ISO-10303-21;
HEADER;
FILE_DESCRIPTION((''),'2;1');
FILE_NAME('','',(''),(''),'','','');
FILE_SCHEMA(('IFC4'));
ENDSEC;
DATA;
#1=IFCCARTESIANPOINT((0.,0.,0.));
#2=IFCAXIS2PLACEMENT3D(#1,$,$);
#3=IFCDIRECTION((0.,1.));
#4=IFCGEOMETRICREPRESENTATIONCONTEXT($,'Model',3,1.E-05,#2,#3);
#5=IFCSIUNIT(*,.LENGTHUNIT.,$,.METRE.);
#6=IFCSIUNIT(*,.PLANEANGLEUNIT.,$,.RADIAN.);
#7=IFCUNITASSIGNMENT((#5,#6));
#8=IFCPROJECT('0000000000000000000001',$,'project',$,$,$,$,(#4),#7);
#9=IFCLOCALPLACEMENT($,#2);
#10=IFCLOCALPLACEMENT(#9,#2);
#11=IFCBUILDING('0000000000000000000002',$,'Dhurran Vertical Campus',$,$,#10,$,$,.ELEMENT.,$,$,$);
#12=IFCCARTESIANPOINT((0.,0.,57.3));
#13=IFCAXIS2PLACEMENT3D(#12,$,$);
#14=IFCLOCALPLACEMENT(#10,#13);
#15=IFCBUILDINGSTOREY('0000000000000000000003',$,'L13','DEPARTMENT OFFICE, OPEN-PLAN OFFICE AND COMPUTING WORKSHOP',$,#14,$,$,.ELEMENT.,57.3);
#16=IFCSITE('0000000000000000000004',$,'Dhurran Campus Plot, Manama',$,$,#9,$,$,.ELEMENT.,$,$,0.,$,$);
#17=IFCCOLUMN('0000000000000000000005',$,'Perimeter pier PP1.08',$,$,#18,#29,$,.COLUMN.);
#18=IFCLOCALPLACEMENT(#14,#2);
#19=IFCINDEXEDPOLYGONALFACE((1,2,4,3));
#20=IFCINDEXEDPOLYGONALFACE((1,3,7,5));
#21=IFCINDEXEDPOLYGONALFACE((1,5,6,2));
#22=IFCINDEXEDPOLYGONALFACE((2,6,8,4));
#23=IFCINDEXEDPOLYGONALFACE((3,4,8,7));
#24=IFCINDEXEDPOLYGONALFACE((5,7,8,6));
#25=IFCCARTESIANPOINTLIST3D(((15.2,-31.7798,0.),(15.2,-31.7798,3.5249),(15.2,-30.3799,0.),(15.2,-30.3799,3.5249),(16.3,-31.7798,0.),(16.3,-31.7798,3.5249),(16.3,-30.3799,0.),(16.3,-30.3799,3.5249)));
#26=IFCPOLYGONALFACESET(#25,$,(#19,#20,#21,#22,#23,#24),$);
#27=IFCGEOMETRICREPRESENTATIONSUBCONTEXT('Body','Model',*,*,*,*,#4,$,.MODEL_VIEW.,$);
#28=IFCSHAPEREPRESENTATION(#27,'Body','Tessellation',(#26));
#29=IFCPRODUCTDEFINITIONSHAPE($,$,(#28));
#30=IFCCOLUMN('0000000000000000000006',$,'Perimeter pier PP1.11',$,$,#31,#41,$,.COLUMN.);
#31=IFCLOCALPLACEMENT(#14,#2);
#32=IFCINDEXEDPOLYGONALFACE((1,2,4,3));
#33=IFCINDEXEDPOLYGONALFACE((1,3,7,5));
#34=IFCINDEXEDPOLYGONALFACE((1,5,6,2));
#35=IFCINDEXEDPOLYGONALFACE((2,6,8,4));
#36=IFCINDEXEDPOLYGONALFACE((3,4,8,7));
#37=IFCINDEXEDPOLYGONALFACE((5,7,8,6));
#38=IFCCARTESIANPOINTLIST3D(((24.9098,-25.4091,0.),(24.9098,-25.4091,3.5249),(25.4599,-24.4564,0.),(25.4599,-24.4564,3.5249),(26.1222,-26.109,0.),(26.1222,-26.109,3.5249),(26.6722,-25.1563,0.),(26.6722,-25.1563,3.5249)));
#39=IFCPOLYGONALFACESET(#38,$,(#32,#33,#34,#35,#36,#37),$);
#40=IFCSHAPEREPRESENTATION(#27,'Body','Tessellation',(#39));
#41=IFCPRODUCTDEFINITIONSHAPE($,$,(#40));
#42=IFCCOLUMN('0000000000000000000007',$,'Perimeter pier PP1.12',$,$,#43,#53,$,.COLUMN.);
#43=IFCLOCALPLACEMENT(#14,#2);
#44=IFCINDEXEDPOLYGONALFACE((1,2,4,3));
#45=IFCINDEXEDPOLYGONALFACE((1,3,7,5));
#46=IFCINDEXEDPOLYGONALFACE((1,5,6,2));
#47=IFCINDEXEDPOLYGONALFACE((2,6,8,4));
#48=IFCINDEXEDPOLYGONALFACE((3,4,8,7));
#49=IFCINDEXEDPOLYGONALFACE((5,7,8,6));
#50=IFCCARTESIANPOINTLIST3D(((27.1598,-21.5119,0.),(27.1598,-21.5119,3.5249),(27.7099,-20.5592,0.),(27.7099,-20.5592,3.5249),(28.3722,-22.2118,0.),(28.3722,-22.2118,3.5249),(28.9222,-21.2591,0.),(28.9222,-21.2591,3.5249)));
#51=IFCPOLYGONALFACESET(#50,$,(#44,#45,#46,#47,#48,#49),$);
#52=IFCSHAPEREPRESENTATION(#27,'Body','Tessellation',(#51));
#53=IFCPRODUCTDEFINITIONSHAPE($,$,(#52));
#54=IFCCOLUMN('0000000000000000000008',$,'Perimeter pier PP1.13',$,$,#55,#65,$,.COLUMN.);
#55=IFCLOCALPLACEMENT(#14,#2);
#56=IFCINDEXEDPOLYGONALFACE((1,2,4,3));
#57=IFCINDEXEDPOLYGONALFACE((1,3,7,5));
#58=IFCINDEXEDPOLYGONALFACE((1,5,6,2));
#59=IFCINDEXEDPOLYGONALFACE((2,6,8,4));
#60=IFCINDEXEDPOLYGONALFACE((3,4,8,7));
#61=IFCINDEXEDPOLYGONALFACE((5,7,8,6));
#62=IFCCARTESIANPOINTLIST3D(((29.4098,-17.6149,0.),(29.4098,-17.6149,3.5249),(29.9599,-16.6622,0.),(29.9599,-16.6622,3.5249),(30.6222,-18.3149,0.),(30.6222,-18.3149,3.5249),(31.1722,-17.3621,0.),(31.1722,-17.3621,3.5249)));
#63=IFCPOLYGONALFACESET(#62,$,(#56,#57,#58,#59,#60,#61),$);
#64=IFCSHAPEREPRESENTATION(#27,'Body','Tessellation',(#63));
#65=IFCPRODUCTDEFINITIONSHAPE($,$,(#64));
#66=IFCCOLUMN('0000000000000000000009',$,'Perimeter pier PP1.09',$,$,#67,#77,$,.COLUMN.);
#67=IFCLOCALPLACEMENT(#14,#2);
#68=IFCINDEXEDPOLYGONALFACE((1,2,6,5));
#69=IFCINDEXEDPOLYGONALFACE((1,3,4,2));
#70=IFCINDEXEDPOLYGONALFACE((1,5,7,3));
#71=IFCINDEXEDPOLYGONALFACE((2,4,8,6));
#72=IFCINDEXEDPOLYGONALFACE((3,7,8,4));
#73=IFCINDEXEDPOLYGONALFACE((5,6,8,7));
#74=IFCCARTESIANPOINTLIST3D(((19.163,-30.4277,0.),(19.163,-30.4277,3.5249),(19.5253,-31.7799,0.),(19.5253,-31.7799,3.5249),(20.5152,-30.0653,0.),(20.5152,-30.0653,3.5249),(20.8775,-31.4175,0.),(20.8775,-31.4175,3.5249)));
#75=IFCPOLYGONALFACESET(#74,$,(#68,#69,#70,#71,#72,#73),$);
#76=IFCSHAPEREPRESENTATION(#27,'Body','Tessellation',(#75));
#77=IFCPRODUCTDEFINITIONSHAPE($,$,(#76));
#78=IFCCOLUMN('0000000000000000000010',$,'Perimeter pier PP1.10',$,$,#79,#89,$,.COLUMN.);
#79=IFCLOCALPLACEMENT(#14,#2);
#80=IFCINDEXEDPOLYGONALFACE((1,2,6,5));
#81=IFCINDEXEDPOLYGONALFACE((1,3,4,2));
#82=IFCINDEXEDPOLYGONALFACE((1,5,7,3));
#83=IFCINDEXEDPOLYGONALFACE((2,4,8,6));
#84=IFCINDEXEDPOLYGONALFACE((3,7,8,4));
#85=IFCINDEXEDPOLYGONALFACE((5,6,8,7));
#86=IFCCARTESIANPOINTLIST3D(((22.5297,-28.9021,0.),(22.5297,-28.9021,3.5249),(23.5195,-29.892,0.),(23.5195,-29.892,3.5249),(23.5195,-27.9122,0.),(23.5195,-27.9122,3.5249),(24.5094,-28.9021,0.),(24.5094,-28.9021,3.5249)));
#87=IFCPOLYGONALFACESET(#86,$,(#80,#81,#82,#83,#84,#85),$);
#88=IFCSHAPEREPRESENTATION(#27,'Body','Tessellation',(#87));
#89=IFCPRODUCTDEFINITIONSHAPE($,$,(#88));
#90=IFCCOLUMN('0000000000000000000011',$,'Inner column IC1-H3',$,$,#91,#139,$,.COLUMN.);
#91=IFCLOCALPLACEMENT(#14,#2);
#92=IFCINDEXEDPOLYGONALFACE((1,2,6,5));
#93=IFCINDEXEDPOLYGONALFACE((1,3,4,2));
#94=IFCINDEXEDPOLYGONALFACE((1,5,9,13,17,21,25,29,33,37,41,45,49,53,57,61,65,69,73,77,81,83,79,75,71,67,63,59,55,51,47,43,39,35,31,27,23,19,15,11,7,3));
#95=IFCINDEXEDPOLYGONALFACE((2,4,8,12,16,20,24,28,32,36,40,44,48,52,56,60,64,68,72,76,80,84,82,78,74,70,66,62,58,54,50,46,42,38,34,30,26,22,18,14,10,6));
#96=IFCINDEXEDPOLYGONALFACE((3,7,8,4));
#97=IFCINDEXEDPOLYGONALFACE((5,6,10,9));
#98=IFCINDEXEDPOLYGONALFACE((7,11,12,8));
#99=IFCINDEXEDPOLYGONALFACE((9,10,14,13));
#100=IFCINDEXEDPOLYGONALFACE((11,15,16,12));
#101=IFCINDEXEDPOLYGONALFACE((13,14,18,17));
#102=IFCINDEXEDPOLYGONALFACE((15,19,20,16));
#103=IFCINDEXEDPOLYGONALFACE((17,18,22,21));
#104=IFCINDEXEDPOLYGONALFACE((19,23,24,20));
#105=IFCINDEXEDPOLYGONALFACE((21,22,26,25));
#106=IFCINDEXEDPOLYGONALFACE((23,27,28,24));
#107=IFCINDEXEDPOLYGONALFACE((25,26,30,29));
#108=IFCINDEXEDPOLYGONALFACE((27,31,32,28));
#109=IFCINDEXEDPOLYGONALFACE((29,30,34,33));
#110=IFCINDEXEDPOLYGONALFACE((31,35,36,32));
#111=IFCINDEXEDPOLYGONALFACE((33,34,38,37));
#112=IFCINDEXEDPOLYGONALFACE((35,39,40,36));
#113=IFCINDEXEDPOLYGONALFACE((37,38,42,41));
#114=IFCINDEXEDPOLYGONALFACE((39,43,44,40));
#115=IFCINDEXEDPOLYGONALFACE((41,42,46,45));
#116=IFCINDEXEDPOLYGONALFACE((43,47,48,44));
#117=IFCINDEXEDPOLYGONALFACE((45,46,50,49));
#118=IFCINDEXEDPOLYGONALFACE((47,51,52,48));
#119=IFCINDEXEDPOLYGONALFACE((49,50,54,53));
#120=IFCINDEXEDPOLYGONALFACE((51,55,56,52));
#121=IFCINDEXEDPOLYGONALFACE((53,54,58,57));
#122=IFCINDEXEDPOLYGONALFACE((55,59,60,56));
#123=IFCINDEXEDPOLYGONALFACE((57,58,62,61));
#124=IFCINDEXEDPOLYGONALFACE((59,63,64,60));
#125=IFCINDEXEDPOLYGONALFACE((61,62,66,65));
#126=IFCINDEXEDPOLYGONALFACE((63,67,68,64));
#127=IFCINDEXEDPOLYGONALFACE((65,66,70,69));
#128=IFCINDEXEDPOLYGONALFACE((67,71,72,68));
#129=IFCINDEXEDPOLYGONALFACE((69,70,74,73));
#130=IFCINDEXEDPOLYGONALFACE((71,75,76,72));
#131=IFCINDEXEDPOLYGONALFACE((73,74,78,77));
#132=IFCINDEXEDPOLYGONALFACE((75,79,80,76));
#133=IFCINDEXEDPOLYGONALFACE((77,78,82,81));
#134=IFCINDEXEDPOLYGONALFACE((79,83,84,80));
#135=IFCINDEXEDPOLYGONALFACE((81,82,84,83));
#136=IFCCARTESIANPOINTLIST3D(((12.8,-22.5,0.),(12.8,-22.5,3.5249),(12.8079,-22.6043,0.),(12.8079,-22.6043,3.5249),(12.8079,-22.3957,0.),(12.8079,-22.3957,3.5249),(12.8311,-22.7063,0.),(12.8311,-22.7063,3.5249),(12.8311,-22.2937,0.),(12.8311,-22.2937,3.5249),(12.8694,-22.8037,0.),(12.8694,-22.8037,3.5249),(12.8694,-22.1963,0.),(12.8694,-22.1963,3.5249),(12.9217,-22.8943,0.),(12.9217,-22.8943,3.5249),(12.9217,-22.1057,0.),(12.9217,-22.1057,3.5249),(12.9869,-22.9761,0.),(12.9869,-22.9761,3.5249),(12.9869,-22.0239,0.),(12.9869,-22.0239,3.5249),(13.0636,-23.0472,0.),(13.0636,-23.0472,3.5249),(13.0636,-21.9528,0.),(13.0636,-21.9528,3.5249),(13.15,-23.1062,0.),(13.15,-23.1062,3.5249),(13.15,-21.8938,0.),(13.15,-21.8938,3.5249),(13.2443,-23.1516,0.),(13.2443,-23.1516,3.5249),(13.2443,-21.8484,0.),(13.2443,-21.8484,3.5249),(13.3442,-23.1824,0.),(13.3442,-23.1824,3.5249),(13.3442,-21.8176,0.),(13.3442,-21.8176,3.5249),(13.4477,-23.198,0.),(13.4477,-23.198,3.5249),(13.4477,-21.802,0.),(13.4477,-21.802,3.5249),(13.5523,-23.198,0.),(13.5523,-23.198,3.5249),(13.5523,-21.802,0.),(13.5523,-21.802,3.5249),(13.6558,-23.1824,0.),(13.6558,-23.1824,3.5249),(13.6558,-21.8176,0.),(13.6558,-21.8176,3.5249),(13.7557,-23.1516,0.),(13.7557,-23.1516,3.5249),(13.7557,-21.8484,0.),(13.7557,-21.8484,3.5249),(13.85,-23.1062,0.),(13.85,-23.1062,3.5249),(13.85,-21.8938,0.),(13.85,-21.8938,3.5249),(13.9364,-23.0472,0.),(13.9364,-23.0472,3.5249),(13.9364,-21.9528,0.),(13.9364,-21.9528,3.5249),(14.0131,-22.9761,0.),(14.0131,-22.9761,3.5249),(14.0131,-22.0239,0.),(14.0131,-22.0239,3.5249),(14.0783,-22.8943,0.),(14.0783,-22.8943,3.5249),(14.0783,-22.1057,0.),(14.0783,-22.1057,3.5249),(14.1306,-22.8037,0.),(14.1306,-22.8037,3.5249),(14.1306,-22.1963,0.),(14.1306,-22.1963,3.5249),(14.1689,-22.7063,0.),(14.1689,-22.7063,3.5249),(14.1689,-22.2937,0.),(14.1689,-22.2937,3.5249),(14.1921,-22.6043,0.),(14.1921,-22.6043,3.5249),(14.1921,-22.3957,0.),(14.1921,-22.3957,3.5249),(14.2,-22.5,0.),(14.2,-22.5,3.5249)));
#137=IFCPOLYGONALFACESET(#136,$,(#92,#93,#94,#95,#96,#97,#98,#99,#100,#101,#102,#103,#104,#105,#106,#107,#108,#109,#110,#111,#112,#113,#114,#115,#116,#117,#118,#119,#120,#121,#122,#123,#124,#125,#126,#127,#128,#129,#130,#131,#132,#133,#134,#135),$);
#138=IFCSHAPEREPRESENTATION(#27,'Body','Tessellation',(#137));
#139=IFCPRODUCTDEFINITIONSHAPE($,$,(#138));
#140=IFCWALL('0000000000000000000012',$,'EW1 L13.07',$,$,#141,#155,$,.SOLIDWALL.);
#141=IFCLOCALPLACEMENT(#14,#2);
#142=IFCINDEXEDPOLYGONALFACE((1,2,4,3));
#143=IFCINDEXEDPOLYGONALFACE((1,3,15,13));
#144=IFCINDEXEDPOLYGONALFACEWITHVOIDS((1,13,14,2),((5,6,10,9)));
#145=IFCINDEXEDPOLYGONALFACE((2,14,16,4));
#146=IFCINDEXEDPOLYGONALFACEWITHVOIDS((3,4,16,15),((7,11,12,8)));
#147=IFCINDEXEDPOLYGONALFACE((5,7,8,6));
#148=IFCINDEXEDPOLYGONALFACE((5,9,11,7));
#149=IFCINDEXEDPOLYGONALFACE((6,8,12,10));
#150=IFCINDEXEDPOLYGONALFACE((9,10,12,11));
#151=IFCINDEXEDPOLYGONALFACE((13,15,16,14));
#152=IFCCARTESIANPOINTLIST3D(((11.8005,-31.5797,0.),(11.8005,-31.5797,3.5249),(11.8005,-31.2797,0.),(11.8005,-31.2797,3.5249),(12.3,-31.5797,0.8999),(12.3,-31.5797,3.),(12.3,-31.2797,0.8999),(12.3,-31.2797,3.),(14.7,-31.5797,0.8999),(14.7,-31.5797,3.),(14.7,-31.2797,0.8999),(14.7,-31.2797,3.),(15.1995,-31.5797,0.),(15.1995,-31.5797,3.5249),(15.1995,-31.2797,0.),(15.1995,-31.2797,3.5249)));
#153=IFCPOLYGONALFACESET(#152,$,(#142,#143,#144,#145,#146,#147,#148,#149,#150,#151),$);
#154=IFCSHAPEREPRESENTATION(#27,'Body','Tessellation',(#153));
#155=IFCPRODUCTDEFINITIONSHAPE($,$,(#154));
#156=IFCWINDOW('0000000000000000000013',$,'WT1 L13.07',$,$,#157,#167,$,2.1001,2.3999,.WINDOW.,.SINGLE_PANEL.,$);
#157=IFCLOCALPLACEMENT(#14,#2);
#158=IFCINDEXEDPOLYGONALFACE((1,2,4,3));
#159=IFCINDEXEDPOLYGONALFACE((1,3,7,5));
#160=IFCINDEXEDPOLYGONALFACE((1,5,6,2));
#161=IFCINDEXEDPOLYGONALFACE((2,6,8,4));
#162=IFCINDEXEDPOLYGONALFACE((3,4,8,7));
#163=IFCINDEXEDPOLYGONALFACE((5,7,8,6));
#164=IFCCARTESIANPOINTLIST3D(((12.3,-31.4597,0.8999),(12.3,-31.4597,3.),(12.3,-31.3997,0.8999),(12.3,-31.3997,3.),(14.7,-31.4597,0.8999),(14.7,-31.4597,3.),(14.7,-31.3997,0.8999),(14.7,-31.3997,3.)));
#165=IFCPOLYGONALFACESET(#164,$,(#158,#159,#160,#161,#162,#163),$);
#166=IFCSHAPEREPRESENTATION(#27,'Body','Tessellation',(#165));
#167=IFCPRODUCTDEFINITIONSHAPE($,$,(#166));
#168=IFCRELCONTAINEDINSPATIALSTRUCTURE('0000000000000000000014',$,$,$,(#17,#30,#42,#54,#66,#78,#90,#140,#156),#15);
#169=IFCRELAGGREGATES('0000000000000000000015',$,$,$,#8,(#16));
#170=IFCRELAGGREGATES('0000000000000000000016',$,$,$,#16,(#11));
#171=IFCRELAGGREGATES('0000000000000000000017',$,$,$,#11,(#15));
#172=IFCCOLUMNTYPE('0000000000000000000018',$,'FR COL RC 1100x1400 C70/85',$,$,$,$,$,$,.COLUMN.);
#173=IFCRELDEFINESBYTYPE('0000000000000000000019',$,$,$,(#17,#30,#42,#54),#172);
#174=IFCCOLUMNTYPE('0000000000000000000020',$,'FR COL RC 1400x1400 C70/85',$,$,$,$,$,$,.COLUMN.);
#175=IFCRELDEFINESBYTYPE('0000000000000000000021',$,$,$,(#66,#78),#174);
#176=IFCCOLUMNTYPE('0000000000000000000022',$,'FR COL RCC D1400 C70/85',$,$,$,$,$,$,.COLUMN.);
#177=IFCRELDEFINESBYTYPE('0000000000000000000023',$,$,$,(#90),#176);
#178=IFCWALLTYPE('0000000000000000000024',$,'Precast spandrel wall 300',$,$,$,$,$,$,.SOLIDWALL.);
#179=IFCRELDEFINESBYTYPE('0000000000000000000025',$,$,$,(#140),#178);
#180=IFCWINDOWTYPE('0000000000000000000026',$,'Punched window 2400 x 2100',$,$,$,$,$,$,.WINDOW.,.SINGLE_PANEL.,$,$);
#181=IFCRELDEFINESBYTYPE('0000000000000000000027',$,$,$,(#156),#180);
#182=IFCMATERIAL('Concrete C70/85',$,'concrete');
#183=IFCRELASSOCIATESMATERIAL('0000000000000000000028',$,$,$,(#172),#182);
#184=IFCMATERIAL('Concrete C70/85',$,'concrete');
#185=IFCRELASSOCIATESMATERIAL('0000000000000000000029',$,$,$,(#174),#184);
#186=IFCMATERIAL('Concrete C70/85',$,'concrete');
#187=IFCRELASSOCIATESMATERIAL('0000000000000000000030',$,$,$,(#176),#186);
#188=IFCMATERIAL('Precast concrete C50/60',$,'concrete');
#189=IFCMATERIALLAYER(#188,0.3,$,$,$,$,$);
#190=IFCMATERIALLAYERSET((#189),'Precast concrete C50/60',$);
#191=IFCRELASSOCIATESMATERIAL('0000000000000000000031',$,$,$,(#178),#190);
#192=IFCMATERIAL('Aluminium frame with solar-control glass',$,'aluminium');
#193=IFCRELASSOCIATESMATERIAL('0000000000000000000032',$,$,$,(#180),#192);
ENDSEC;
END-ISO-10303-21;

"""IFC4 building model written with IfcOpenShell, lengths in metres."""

from ifc_helpers import new_model, si_unit, direction, frame, frame_2d, origin, origin_2d, place, context, subcontext, project, spatial, rectangle, circle, extrude, material, layer, layer_set, material_profile, profile_set, type_object, element, fill, save


model = new_model("IFC4")

# Units and contexts
model_context = context("Model", 3, precision=1e-05, world=origin(), true_north=direction((0.0, 1.0)))
body_context = subcontext(model_context, "Body", "Model", "MODEL_VIEW")
ifc_project = project(units=[si_unit("LENGTHUNIT", "METRE"), si_unit("PLANEANGLEUNIT", "RADIAN")], contexts=[model_context])

# Site, building, storey
site_placement = place(None, origin())
site = spatial("IfcSite", under=ifc_project, at=site_placement, Name="Dhurran Campus Plot, Manama", CompositionType="ELEMENT", RefElevation=0.0)
building_placement = place(site_placement, origin())
building = spatial("IfcBuilding", under=site, at=building_placement, Name="Dhurran Vertical Campus", CompositionType="ELEMENT")
storey_placement = place(building_placement, frame((0.0, 0.0, 57.3)))
storey = spatial("IfcBuildingStorey", under=building, at=storey_placement, Name="L13", Description="DEPARTMENT OFFICE, OPEN-PLAN OFFICE AND COMPUTING WORKSHOP", CompositionType="ELEMENT", Elevation=57.3)

# Columns
ifc_material_1 = material(Name="Concrete C70/85", Category="concrete")
ifc_material_profile_1 = material_profile(ifc_material_1, rectangle(XDim=1.1001, YDim=1.3999, at=origin_2d()), Name="RC 1100x1400")
ifc_profile_set_1 = profile_set([ifc_material_profile_1], Name="Concrete C70/85")
column_type_1 = type_object("IfcColumnType", Name="FR COL RC 1100x1400 C70/85", PredefinedType="COLUMN", material=ifc_profile_set_1)
for number, where, z_axis, x_axis, name in (
    (1, (15.75, -31.0798, 0.0), (0.0, 0.0, 1.0), (1.0, 0.0, 0.0), "Perimeter pier PP1.08"),
    (2, (25.791, -25.2827, 0.0), (0.0, 0.0, 1.0), (0.5, 0.866025, 0.0), "Perimeter pier PP1.11"),
    (3, (28.041, -21.3855, 0.0), (0.0, 0.0, 1.0), (0.5, 0.866025, 0.0), "Perimeter pier PP1.12"),
    (4, (30.291, -17.4885, 0.0), (0.0, 0.0, 1.0), (0.5, 0.866025, 0.0), "Perimeter pier PP1.13"),
):
    element("IfcColumn", number, at=place(storey_placement, frame(where, z_axis=z_axis, x_axis=x_axis)), inside=storey, type_object=column_type_1, Name=name, PredefinedType="COLUMN", context=body_context, shape_type="SweptSolid", body=[
        extrude(rectangle(XDim=1.1001, YDim=1.3999, at=origin_2d()), origin(), (0.0, 0.0, 1.0), 3.5249),
    ])
ifc_material_2 = material(Name="Concrete C70/85", Category="concrete")
ifc_material_profile_2 = material_profile(ifc_material_2, rectangle(XDim=1.3999, YDim=1.3999, at=origin_2d()), Name="RC 1400x1400")
ifc_profile_set_2 = profile_set([ifc_material_profile_2], Name="Concrete C70/85")
column_type_2 = type_object("IfcColumnType", Name="FR COL RC 1400x1400 C70/85", PredefinedType="COLUMN", material=ifc_profile_set_2)
for number, where, z_axis, x_axis, name in (
    (5, (20.0203, -30.9226, 0.0), (0.0, 0.0, 1.0), (0.965926, 0.258819, 0.0), "Perimeter pier PP1.09"),
    (6, (23.5195, -28.9021, 0.0), (0.0, 0.0, 1.0), (0.707107, 0.707107, 0.0), "Perimeter pier PP1.10"),
):
    element("IfcColumn", number, at=place(storey_placement, frame(where, z_axis=z_axis, x_axis=x_axis)), inside=storey, type_object=column_type_2, Name=name, PredefinedType="COLUMN", context=body_context, shape_type="SweptSolid", body=[
        extrude(rectangle(XDim=1.3999, YDim=1.3999, at=origin_2d()), origin(), (0.0, 0.0, 1.0), 3.5249),
    ])
ifc_material_3 = material(Name="Concrete C70/85", Category="concrete")
ifc_material_profile_3 = material_profile(ifc_material_3, circle(Radius=0.7, at=origin_2d()), Name="RCC D1400")
ifc_profile_set_3 = profile_set([ifc_material_profile_3], Name="Concrete C70/85")
column_type_3 = type_object("IfcColumnType", Name="FR COL RCC D1400 C70/85", PredefinedType="COLUMN", material=ifc_profile_set_3)
column_placement = place(storey_placement, frame((13.5, -22.5, 0.0), z_axis=(0.0, 0.0, 1.0), x_axis=(1.0, 0.0, 0.0)))
element("IfcColumn", 7, at=column_placement, inside=storey, type_object=column_type_3, Name="Inner column IC1-H3", PredefinedType="COLUMN", context=body_context, shape_type="SweptSolid", body=[
    extrude(circle(Radius=0.7, at=origin_2d()), origin(), (0.0, 0.0, 1.0), 3.5249),
])

# Wall, opening, window
ifc_material_4 = material(Name="Precast concrete C50/60", Category="concrete")
ifc_layer_1 = layer(ifc_material_4, 0.3)
ifc_layer_set_1 = layer_set([ifc_layer_1], Name="Precast concrete C50/60")
wall_type_1 = type_object("IfcWallType", Name="Precast spandrel wall 300", PredefinedType="SOLIDWALL", material=ifc_layer_set_1)
wall_1_placement = place(storey_placement, frame((11.8005, -31.4297, 0.0), z_axis=(0.0, 0.0, 1.0), x_axis=(1.0, 0.0, 0.0)))
wall_1 = element("IfcWall", 8, at=wall_1_placement, inside=storey, type_object=wall_type_1, Name="EW1 L13.07", PredefinedType="SOLIDWALL", context=body_context, shape_type="SweptSolid", body=[
    extrude(rectangle(XDim=3.3989, YDim=0.3, at=frame_2d((1.6995, 0.0))), origin(), (0.0, 0.0, 1.0), 3.5249),
])
opening_1_placement = place(wall_1_placement, frame((0.4995, 0.0, 0.8999)))
opening_1 = element("IfcOpeningElement", 9, at=opening_1_placement, cuts=wall_1, PredefinedType="OPENING", context=body_context, shape_type="SweptSolid", body=[
    extrude(rectangle(XDim=2.3999, YDim=2.1001, at=frame_2d((1.2, 1.05))), frame((0.0, 0.1599, 0.0), z_axis=(0.0, -1.0, 0.0), x_axis=(1.0, 0.0, 0.0)), (0.0, 0.0, 1.0), 0.3201),
])
ifc_material_5 = material(Name="Aluminium frame with solar-control glass", Category="aluminium")
window_type = type_object("IfcWindowType", Name="Punched window 2400 x 2100", PartitioningType="SINGLE_PANEL", PredefinedType="WINDOW", material=ifc_material_5)
window_1_placement = place(opening_1_placement, origin())
window_1 = element("IfcWindow", 10, at=window_1_placement, inside=storey, type_object=window_type, Name="WT1 L13.07", OverallHeight=2.1001, OverallWidth=2.3999, PartitioningType="SINGLE_PANEL", PredefinedType="WINDOW", context=body_context, shape_type="SweptSolid", body=[
    extrude(rectangle(XDim=2.3999, YDim=2.1001, at=frame_2d((1.2, 1.05))), frame((0.0, 0.03, 0.0), z_axis=(0.0, -1.0, 0.0), x_axis=(1.0, 0.0, 0.0)), (0.0, 0.0, 1.0), 0.0601),
])
fill(opening_1, window_1)

save(model, "model.ifc")
